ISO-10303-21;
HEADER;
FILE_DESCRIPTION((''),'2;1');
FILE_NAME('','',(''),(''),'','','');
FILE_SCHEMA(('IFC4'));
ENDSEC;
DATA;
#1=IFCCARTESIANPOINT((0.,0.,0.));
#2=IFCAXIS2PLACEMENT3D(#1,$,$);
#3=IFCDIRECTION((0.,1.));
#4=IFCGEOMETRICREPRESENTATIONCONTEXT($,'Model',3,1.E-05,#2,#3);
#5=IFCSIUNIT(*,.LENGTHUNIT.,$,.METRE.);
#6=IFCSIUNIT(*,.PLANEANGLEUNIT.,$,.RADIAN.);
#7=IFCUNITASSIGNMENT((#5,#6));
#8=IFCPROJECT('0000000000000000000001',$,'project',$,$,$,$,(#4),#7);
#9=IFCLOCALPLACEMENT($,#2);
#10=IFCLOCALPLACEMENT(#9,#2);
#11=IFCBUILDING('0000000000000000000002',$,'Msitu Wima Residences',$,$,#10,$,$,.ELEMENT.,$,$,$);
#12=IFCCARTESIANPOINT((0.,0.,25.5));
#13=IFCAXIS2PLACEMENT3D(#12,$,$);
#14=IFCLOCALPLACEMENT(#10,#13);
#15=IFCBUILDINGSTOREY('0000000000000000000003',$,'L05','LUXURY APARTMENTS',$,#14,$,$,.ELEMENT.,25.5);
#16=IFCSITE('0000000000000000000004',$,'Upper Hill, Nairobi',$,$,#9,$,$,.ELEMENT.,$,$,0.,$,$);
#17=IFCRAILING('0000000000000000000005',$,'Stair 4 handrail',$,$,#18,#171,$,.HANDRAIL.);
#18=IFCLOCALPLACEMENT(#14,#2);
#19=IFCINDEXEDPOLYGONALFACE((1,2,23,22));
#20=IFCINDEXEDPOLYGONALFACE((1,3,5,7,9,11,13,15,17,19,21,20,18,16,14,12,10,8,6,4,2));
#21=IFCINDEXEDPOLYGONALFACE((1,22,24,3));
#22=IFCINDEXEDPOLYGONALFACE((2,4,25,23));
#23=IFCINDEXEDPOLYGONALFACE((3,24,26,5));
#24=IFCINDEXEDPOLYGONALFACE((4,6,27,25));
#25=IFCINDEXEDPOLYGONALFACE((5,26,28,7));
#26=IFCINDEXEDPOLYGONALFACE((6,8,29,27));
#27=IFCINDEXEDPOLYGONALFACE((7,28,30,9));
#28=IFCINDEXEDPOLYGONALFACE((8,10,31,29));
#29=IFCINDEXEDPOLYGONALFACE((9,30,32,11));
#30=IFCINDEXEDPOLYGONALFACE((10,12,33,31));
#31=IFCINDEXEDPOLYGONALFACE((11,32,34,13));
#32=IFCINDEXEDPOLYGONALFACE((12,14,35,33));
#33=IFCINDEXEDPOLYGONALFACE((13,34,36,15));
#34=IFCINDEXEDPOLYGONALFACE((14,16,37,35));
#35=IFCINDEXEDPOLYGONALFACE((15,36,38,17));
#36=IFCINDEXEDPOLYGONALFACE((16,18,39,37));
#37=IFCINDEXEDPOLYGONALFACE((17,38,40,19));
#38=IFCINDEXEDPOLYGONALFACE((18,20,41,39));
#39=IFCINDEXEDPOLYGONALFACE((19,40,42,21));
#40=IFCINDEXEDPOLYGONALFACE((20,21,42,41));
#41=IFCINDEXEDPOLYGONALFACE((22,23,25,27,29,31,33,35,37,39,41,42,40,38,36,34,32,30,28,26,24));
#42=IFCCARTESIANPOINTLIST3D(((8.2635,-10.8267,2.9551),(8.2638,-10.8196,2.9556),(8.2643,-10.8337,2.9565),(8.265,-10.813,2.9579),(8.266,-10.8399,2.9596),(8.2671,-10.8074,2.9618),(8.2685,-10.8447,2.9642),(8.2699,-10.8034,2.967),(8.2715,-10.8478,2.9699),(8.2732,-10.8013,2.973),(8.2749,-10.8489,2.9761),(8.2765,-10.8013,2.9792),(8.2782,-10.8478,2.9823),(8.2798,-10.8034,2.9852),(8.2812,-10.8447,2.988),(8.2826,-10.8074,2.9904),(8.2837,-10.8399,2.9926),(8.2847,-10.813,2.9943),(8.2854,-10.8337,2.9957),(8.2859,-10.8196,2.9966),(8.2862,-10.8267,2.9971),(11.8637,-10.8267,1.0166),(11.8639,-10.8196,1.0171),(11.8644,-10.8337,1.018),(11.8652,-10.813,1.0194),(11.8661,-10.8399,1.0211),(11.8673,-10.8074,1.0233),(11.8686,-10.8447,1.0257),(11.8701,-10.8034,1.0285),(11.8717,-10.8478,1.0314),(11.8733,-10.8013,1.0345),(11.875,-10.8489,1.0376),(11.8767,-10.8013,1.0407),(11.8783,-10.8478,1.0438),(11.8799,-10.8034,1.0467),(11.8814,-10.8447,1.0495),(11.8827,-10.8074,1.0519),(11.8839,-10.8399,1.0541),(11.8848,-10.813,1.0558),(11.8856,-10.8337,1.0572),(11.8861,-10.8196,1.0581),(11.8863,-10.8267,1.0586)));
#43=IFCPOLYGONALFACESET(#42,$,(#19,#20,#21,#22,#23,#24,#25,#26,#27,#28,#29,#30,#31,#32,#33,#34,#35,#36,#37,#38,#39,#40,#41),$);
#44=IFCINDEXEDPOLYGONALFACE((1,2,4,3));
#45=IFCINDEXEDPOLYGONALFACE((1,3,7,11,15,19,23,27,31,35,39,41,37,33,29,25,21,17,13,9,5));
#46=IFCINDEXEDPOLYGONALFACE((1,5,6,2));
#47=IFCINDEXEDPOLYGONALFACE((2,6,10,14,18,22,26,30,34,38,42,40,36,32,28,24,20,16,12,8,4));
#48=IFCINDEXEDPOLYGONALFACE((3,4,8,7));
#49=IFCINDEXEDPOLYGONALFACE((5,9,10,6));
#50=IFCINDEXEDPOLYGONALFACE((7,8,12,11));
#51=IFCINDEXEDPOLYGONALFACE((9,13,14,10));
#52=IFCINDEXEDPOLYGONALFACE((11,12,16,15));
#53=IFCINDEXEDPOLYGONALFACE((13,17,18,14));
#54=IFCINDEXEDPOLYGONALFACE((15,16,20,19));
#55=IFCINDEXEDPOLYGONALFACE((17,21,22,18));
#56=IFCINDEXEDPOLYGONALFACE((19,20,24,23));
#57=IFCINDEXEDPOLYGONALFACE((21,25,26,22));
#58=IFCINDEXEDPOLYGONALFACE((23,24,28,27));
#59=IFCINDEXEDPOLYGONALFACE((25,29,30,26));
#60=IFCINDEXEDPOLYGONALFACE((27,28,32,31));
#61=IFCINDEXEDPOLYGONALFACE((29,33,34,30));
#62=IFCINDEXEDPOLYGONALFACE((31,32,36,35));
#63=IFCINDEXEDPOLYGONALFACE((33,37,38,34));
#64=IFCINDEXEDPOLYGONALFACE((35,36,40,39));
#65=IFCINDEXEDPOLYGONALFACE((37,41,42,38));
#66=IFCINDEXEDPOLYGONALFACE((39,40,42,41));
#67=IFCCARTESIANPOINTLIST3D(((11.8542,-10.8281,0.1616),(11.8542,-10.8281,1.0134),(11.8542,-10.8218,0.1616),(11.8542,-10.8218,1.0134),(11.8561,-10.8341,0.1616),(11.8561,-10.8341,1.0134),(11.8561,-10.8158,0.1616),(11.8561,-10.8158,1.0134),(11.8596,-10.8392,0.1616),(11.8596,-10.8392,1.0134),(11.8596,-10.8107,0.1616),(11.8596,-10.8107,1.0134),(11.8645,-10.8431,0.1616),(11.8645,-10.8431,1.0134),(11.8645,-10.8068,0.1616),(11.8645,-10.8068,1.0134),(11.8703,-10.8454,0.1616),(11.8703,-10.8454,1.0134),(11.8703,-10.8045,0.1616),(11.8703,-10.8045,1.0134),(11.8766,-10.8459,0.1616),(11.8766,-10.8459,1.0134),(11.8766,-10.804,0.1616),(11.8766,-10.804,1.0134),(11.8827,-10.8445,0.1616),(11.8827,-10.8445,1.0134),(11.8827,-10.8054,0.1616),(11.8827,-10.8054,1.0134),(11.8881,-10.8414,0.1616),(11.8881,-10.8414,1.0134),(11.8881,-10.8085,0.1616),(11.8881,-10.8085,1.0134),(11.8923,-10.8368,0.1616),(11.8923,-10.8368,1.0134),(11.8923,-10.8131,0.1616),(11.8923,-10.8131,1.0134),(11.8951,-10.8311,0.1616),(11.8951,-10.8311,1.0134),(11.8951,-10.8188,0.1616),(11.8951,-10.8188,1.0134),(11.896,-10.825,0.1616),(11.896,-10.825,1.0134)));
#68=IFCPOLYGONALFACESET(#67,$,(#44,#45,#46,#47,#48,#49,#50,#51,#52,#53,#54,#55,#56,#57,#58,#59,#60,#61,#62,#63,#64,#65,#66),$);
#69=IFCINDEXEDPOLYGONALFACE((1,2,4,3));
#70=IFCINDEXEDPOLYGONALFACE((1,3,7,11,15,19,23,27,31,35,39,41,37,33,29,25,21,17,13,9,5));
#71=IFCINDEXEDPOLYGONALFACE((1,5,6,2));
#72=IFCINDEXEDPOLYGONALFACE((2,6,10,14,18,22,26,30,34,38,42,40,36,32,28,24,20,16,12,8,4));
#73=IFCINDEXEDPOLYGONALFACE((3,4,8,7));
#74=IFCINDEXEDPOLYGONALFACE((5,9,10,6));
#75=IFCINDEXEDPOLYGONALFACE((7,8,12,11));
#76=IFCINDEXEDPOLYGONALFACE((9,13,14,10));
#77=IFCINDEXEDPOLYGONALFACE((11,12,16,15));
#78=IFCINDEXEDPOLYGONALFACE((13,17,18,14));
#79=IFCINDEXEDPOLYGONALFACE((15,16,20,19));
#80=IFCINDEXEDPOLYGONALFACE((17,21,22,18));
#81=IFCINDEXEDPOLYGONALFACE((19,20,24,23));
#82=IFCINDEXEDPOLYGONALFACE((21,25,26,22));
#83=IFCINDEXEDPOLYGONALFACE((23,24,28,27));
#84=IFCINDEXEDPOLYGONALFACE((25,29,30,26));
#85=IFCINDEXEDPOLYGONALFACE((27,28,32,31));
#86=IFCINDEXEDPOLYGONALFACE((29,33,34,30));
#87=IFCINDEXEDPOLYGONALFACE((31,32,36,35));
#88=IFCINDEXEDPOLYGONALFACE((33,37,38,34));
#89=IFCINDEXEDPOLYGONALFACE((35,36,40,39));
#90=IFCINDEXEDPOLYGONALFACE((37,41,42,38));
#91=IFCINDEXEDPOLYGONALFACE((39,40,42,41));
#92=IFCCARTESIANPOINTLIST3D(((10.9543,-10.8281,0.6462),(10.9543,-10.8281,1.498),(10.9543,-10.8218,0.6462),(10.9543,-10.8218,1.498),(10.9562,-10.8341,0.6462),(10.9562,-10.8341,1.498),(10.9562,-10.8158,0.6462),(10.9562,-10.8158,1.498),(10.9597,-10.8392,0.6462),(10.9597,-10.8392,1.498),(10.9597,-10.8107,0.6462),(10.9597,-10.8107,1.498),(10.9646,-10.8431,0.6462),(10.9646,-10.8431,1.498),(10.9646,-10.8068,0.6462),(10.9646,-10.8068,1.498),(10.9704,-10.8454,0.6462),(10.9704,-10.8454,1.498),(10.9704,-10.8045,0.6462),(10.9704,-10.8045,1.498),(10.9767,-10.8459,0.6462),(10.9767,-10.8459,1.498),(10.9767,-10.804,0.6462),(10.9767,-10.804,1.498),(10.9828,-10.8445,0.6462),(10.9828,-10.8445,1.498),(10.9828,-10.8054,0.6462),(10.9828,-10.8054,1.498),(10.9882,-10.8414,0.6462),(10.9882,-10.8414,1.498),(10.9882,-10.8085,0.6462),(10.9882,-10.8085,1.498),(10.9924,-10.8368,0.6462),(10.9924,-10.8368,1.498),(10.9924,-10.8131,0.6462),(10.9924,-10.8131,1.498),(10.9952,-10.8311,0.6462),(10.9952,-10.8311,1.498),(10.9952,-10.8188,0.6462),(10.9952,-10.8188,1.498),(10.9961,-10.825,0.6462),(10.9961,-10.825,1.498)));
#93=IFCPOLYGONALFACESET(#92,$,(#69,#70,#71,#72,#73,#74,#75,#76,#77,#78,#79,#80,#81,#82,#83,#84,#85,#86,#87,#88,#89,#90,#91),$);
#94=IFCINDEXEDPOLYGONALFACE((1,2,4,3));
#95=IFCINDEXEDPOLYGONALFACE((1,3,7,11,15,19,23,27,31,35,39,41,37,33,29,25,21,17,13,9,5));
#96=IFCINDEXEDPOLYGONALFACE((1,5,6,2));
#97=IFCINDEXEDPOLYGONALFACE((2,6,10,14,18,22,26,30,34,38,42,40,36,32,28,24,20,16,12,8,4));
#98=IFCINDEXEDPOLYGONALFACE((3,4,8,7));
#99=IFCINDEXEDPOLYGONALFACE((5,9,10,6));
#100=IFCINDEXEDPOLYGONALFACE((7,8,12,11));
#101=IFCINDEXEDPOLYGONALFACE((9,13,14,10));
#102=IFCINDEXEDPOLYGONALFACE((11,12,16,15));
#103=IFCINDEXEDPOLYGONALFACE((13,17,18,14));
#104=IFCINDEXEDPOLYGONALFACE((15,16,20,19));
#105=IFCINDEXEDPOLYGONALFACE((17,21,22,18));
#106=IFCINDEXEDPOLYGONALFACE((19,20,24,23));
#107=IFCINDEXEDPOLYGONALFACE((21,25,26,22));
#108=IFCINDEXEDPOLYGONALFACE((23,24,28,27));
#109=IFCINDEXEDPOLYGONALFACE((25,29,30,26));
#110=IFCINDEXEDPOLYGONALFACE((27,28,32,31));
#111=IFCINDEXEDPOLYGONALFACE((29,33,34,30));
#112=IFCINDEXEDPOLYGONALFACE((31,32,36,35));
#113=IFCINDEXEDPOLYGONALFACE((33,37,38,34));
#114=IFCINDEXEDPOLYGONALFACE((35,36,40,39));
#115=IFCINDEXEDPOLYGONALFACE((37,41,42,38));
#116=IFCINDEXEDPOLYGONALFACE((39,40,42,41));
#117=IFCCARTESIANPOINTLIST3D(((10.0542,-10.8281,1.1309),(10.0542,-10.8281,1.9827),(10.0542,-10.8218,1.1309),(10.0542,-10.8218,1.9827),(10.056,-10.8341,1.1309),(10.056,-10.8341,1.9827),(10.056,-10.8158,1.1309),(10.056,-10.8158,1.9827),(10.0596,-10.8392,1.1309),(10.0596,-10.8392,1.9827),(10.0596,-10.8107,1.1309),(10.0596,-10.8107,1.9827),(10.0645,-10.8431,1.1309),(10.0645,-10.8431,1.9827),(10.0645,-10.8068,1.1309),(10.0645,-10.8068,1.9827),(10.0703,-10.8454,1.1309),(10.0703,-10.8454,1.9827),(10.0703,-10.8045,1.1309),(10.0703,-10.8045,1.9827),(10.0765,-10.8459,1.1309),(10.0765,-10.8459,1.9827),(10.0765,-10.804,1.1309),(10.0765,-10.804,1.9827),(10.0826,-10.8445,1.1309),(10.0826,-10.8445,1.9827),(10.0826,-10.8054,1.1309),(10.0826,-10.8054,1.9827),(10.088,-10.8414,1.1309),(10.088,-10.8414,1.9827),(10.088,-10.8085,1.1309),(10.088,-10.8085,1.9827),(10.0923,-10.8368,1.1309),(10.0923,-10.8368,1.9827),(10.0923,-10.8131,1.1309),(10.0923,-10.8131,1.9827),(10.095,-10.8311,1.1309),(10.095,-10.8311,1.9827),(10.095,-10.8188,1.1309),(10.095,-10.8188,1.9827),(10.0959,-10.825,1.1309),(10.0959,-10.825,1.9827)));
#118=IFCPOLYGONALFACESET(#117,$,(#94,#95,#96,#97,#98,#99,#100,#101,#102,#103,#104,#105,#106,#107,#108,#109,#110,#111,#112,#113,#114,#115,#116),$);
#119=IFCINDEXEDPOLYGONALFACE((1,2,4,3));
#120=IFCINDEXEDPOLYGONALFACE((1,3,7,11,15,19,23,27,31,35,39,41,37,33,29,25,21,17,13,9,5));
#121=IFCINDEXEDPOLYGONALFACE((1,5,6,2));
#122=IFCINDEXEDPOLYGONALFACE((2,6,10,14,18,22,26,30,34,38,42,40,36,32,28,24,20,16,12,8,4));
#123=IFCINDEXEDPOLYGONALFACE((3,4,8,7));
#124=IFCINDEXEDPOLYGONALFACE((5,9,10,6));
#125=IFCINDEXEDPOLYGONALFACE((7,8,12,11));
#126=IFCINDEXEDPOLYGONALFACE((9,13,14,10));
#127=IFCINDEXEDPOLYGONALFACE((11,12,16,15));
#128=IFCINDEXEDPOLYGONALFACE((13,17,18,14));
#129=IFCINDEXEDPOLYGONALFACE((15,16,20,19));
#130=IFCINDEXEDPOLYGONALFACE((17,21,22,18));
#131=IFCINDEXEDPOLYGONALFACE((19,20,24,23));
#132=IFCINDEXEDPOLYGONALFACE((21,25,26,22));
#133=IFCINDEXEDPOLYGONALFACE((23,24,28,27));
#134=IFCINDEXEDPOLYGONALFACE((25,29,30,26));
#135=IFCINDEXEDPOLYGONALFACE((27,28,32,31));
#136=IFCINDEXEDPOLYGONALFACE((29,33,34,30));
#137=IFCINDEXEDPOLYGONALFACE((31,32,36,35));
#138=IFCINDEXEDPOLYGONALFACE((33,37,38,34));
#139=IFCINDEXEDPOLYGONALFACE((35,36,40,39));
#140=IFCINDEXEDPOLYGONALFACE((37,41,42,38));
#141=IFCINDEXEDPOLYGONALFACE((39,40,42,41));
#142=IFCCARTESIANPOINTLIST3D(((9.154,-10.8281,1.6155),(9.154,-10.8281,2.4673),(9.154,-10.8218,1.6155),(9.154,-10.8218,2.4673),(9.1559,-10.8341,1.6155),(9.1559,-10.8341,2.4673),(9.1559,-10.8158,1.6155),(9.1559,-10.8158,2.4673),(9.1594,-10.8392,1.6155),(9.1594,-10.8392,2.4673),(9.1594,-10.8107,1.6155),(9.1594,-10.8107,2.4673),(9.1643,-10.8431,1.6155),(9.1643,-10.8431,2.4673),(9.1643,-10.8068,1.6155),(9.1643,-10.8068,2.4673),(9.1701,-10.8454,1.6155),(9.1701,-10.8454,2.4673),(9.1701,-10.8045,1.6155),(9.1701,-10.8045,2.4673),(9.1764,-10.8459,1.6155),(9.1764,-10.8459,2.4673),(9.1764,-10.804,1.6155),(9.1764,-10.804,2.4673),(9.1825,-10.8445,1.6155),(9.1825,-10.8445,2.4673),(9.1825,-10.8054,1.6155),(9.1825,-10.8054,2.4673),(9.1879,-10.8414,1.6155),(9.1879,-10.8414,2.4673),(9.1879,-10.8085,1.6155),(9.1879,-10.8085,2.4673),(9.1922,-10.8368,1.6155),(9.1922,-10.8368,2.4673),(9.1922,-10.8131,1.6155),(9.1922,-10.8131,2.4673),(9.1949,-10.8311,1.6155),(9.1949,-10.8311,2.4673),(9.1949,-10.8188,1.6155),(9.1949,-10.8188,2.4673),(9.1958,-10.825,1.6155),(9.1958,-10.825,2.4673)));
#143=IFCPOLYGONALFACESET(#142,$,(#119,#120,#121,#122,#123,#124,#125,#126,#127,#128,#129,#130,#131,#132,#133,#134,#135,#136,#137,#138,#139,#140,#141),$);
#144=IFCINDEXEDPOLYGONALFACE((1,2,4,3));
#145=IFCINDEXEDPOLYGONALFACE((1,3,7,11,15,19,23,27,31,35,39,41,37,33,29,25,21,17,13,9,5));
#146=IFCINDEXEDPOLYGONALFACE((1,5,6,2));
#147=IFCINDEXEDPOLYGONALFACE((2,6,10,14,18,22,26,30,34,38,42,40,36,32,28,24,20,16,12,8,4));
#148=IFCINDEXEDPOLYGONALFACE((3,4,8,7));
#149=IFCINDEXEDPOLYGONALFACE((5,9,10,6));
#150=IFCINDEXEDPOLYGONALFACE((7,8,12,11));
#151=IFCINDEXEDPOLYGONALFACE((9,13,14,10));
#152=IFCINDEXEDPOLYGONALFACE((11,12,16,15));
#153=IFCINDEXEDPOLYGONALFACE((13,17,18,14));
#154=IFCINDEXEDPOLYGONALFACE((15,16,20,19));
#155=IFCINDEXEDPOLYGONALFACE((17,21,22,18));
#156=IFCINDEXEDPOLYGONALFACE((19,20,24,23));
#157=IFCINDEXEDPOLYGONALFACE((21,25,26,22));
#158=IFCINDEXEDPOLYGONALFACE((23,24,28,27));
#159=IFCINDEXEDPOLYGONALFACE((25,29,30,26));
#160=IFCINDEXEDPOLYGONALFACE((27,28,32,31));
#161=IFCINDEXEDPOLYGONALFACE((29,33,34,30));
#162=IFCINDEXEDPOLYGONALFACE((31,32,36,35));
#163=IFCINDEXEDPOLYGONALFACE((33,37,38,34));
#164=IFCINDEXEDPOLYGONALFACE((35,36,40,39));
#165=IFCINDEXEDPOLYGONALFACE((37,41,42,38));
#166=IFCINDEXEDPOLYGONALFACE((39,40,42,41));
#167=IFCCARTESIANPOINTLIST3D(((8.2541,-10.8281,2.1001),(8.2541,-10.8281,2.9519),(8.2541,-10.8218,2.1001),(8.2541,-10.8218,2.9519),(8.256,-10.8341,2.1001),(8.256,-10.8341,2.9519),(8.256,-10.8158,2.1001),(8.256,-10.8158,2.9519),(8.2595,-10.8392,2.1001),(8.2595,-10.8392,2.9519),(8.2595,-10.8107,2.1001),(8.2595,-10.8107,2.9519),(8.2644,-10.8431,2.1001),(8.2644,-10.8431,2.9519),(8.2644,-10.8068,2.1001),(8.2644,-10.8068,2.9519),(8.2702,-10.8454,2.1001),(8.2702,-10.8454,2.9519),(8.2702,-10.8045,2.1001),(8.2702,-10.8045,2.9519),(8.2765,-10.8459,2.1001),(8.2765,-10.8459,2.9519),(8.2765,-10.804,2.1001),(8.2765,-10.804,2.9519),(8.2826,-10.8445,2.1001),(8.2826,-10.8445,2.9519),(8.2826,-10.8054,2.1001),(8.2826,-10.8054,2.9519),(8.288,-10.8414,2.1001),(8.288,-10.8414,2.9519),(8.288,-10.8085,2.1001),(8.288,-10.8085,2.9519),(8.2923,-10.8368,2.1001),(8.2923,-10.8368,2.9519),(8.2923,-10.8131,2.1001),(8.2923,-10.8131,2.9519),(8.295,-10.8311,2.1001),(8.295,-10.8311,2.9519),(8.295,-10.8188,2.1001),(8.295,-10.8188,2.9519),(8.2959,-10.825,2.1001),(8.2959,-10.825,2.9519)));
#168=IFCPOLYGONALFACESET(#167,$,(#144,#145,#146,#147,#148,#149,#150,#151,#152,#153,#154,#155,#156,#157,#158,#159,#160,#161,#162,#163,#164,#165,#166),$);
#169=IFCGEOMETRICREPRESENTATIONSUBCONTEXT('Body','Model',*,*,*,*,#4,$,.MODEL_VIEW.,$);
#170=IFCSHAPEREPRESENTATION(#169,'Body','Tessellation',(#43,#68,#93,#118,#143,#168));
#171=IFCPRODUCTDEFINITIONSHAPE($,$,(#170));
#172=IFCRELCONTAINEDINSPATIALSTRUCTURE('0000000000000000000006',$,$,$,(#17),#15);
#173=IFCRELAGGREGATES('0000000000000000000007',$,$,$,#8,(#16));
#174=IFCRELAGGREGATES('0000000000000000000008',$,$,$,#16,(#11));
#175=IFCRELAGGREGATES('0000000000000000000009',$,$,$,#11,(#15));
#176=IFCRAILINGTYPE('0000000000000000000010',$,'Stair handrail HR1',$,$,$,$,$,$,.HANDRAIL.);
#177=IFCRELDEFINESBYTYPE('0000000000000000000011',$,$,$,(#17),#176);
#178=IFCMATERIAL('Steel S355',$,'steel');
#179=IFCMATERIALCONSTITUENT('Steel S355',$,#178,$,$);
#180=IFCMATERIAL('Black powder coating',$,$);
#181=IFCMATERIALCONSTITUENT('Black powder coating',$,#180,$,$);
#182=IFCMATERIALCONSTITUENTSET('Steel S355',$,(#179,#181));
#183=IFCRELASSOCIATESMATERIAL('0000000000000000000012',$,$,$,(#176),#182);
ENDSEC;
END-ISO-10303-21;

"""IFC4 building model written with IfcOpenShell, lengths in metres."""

from ifc_helpers import new_model, si_unit, direction, frame, origin, origin_2d, place, context, subcontext, project, spatial, circle, extrude, material, constituent, constituent_set, type_object, element, save


model = new_model("IFC4")

# Units and contexts
model_context = context("Model", 3, precision=1e-05, world=origin(), true_north=direction((0.0, 1.0)))
body_context = subcontext(model_context, "Body", "Model", "MODEL_VIEW")
ifc_project = project(units=[si_unit("LENGTHUNIT", "METRE"), si_unit("PLANEANGLEUNIT", "RADIAN")], contexts=[model_context])

# Site, building, storey
site_placement = place(None, origin())
site = spatial("IfcSite", under=ifc_project, at=site_placement, Name="Upper Hill, Nairobi", CompositionType="ELEMENT", RefElevation=0.0)
building_placement = place(site_placement, origin())
building = spatial("IfcBuilding", under=site, at=building_placement, Name="Msitu Wima Residences", CompositionType="ELEMENT")
storey_placement = place(building_placement, frame((0.0, 0.0, 25.5)))
storey = spatial("IfcBuildingStorey", under=building, at=storey_placement, Name="L05", Description="LUXURY APARTMENTS", CompositionType="ELEMENT", Elevation=25.5)

# Railing
ifc_material_1 = material(Name="Steel S355", Category="steel")
ifc_constituent_1 = constituent(ifc_material_1, Name="Steel S355")
ifc_material_2 = material(Name="Black powder coating")
ifc_constituent_2 = constituent(ifc_material_2, Name="Black powder coating")
ifc_constituent_set = constituent_set(constituents=[ifc_constituent_1, ifc_constituent_2], Name="Steel S355")
railing_type = type_object("IfcRailingType", Name="Stair handrail HR1", PredefinedType="HANDRAIL", material=ifc_constituent_set)
for number, where, name in (
    (1, (11.875, -10.825, 0.1616), "Stair 4 handrail"),
):
    element("IfcRailing", number, at=place(storey_placement, frame(where)), inside=storey, type_object=railing_type, Name=name, PredefinedType="HANDRAIL", context=body_context, shape_type="SweptSolid", body=[
        extrude(circle(Radius=0.0239, at=origin_2d()), frame((0.0, 0.0, 0.876), z_axis=(-0.880475, 0.0, 0.474093), x_axis=(0.0, -1.0, 0.0)), (0.0, 0.0, 1.0), 4.0889),
        extrude(circle(Radius=0.021, at=origin_2d()), origin(), (0.0, 0.0, 1.0), 0.8518),
        extrude(circle(Radius=0.021, at=origin_2d()), frame((-0.8999, 0.0, 0.4846)), (0.0, 0.0, 1.0), 0.8518),
        extrude(circle(Radius=0.021, at=origin_2d()), frame((-1.8, 0.0, 0.9692)), (0.0, 0.0, 1.0), 0.8518),
        extrude(circle(Radius=0.021, at=origin_2d()), frame((-2.7002, 0.0, 1.4539)), (0.0, 0.0, 1.0), 0.8518),
        extrude(circle(Radius=0.021, at=origin_2d()), frame((-3.6001, 0.0, 1.9385)), (0.0, 0.0, 1.0), 0.8518),
    ])

save(model, "model.ifc")
